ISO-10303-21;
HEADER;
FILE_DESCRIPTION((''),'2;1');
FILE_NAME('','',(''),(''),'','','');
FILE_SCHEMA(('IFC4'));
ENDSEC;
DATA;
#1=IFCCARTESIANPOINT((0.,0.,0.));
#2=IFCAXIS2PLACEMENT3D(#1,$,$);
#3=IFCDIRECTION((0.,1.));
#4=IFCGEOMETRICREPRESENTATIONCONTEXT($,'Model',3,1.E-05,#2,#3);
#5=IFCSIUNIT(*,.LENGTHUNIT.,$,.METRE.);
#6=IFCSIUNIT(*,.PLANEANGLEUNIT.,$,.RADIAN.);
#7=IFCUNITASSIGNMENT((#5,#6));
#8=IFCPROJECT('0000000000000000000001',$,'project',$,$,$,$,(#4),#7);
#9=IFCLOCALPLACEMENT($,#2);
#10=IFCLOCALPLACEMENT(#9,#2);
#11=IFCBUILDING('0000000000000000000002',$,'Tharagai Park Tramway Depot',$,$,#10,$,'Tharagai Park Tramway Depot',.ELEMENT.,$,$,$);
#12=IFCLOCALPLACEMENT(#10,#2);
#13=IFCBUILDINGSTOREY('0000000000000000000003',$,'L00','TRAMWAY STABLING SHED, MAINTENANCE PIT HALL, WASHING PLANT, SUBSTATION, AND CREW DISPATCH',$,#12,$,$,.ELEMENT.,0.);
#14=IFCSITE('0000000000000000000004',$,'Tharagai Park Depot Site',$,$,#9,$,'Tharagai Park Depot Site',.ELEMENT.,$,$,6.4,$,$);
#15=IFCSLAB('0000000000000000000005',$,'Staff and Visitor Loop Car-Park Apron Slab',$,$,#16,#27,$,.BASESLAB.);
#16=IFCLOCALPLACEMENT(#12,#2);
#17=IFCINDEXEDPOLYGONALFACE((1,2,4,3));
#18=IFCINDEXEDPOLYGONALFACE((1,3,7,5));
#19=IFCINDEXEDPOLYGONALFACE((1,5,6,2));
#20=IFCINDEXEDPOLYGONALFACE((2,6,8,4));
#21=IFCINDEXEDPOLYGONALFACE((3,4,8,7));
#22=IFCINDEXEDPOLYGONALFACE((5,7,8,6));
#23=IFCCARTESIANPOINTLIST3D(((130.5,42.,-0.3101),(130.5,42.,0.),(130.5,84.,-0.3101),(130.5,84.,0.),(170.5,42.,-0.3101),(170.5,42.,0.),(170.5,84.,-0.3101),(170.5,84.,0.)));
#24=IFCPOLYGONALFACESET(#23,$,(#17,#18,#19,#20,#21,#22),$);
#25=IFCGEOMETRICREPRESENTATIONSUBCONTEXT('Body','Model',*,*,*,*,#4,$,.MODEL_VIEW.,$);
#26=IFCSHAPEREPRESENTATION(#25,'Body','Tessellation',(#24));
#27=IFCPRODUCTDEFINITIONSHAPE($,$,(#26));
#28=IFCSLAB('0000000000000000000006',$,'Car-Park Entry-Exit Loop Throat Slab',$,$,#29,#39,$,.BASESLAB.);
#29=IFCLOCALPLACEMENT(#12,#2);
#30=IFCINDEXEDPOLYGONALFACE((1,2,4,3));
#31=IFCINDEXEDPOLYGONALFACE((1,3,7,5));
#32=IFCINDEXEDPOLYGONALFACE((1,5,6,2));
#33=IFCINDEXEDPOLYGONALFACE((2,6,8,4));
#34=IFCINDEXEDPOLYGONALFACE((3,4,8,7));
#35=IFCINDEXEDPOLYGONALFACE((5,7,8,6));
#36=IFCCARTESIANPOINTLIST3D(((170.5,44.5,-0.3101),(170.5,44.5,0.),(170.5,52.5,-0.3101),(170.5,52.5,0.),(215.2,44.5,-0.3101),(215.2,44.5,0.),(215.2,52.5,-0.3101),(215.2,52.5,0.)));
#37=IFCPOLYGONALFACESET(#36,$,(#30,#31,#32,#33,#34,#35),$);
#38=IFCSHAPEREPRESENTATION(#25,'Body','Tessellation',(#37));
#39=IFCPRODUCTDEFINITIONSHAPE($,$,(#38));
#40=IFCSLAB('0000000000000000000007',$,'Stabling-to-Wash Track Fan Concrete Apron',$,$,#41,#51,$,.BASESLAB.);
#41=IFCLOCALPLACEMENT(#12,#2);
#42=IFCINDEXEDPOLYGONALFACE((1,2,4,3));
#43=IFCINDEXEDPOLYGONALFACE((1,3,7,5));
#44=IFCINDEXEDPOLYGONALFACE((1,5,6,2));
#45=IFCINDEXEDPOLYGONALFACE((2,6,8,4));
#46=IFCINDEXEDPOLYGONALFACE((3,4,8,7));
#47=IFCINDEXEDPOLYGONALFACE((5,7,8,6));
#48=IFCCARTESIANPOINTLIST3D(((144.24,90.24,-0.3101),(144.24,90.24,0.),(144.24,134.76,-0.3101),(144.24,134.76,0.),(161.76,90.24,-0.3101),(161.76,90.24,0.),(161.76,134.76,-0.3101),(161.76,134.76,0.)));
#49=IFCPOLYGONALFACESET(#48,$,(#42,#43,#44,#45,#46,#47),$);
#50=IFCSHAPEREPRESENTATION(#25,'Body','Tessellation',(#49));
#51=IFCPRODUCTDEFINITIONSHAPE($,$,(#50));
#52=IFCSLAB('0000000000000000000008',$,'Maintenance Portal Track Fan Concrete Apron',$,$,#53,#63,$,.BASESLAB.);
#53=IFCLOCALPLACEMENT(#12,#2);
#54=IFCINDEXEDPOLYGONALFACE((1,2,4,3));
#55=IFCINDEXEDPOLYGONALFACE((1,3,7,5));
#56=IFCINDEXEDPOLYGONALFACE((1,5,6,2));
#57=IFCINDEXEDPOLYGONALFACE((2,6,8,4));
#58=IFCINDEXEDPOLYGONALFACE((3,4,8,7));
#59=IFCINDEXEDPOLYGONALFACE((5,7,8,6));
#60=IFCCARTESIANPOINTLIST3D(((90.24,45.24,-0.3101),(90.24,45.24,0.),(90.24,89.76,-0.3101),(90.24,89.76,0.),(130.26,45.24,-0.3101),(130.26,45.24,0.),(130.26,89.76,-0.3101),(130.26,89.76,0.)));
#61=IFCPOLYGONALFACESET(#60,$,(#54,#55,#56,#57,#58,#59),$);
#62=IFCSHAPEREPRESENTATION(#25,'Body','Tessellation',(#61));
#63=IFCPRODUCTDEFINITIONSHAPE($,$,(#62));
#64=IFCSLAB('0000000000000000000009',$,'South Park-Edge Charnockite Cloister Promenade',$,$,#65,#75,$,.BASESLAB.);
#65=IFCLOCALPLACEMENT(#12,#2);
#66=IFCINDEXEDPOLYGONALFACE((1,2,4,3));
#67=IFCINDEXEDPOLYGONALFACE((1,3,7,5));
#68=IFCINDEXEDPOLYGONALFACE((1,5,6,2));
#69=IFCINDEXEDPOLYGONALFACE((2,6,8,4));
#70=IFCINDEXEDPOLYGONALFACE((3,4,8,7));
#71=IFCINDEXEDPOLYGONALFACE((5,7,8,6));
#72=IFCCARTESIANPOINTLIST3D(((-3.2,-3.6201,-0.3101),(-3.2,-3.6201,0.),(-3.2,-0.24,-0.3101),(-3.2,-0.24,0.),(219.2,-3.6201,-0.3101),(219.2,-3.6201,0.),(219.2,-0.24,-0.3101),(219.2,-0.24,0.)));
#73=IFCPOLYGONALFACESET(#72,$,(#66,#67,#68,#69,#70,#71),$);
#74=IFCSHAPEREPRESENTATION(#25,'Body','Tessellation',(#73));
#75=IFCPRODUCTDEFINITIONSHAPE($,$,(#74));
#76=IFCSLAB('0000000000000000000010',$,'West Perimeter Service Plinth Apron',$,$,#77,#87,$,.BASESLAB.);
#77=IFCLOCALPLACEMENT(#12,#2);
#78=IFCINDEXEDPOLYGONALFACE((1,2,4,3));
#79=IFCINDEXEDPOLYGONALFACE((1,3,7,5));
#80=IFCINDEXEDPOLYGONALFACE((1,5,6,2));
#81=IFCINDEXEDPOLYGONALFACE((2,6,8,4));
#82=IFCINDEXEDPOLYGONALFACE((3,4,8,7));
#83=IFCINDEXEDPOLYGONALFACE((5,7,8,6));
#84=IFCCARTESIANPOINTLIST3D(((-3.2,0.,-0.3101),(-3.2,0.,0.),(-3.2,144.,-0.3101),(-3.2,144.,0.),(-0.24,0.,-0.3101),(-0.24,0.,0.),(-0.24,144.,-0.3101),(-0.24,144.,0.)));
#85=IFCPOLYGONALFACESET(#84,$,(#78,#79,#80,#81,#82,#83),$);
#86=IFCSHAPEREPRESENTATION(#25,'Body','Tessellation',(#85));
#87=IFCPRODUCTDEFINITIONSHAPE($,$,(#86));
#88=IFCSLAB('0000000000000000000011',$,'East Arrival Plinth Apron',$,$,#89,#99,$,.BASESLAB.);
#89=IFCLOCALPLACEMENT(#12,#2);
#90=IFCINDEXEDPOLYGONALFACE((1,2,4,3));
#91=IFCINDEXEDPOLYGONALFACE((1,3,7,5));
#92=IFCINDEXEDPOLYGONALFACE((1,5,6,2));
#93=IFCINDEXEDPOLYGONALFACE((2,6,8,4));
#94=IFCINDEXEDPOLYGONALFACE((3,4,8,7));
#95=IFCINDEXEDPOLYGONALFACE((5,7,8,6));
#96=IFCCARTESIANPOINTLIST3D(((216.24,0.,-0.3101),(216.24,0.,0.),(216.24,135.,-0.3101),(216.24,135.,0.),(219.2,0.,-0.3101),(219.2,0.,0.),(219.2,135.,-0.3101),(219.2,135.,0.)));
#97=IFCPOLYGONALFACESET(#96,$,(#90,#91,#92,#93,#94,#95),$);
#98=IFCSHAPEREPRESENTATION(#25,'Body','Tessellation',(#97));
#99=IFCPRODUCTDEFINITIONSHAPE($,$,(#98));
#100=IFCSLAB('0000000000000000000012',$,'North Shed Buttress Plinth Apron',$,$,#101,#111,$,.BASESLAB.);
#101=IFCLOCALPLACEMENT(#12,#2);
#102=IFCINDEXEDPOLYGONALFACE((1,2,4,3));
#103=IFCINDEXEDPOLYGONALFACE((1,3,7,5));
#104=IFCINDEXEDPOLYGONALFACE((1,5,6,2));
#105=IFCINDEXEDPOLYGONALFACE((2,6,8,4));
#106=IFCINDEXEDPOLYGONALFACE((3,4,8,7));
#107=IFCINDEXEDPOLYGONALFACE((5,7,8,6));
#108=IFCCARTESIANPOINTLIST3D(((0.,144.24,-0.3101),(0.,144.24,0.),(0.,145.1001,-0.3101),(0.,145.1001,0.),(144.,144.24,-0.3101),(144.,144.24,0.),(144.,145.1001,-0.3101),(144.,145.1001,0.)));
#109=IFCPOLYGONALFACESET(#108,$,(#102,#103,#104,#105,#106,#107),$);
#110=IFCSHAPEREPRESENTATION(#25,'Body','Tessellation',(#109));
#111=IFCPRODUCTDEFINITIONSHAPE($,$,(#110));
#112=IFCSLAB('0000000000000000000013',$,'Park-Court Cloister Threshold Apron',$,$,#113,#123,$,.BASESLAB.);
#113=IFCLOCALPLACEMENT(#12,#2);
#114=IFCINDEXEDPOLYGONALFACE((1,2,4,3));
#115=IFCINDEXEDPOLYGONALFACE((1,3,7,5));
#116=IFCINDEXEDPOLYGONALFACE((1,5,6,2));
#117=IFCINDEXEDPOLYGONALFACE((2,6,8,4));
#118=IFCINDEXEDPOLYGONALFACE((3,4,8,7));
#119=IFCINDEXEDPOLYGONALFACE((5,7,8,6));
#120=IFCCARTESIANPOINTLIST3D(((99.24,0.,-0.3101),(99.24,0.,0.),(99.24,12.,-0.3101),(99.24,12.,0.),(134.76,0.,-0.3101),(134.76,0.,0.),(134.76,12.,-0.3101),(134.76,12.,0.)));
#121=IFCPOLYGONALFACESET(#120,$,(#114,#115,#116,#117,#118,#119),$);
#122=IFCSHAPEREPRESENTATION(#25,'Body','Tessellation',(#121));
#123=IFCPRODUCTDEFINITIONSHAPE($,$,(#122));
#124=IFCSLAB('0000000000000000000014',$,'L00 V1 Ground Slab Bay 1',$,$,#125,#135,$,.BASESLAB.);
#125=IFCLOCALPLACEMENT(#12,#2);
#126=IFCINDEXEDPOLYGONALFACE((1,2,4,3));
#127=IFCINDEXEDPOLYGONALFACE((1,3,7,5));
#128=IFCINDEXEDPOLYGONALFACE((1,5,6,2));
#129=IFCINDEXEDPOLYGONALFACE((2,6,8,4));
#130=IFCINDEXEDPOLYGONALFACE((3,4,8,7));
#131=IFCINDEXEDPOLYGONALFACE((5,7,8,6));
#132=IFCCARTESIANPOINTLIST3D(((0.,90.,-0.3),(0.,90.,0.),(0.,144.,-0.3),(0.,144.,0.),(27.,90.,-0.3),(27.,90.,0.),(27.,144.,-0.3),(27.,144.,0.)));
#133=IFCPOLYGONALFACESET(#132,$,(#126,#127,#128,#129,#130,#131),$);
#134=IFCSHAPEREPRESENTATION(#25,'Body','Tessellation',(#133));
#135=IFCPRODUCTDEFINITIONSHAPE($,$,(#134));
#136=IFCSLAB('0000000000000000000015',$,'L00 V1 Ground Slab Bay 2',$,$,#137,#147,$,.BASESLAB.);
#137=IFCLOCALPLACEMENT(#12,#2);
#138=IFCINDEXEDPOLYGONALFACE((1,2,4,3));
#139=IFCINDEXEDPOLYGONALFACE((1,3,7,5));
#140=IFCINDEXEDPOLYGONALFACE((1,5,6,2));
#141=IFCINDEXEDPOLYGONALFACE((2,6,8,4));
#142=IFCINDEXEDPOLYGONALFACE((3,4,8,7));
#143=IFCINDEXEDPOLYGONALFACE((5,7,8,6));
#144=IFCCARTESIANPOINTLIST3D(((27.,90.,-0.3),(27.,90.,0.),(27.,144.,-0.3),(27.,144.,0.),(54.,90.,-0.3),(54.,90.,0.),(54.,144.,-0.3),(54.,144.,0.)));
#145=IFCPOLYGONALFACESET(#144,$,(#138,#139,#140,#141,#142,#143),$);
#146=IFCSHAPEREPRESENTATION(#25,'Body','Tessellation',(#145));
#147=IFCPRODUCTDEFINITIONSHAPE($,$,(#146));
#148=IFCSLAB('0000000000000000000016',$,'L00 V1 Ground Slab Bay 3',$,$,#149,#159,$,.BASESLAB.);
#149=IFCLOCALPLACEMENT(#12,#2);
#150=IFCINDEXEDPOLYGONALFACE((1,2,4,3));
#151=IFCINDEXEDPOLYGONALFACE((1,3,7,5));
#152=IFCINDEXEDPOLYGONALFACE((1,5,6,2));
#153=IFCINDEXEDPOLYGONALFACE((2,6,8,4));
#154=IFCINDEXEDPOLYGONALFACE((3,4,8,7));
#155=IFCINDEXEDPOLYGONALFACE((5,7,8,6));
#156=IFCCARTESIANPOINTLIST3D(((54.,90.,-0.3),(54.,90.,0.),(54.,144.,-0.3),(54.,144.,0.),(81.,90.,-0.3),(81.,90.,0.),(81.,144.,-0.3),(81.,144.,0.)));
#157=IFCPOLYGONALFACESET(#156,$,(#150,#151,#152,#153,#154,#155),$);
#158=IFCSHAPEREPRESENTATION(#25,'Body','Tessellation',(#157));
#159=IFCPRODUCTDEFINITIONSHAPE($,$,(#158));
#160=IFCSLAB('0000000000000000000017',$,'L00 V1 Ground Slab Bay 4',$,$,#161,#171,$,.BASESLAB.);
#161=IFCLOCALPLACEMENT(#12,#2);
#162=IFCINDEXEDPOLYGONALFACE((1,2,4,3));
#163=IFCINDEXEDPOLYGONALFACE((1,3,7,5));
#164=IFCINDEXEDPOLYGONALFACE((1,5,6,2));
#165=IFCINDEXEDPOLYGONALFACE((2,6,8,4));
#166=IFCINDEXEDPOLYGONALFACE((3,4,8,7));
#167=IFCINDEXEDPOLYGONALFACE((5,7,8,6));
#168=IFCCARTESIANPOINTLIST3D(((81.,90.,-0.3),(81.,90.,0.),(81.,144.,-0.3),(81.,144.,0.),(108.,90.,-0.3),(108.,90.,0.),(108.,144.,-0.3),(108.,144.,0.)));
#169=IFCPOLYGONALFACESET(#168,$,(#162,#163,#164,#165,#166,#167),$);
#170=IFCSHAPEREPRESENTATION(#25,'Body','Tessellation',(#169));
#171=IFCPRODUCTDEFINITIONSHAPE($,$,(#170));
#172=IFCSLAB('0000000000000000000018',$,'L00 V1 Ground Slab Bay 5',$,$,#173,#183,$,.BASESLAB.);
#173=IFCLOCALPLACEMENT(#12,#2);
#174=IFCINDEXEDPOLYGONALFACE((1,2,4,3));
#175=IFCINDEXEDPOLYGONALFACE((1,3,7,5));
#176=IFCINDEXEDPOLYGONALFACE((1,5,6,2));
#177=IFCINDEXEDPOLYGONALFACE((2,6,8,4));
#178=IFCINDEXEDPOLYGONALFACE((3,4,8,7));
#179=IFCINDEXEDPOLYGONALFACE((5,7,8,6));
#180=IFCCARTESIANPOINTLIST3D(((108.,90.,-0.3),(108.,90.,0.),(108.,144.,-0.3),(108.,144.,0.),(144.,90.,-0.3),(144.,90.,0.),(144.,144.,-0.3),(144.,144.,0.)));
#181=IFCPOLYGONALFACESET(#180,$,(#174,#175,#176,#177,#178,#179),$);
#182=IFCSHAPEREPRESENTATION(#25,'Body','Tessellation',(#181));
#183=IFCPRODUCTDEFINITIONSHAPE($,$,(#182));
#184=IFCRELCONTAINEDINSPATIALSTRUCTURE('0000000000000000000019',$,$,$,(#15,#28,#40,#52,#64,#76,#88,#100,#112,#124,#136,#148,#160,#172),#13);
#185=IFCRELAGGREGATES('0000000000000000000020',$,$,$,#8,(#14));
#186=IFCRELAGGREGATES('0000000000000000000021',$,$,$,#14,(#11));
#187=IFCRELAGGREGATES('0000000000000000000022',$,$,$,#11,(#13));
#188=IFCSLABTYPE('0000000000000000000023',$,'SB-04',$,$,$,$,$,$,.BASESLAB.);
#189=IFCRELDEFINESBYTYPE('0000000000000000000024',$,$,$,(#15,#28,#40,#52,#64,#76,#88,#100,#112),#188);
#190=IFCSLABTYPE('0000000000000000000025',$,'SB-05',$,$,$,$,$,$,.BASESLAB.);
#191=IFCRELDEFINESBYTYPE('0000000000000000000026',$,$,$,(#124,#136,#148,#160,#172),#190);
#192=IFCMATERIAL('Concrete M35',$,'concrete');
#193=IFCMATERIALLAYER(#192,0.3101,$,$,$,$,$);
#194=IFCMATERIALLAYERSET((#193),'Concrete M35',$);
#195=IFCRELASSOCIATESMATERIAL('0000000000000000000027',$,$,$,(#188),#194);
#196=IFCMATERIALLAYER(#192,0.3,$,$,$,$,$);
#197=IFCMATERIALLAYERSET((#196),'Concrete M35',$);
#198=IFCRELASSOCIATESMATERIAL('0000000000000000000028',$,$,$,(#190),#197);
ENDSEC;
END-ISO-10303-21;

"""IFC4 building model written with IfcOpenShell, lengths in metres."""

from ifc_helpers import new_model, si_unit, direction, frame, origin, place, context, subcontext, project, spatial, polyline, outline, extrude, material, layer, layer_set, type_object, element, save


model = new_model("IFC4")

# Units and contexts
model_context = context("Model", 3, precision=1e-05, world=origin(), true_north=direction((0.0, 1.0)))
body_context = subcontext(model_context, "Body", "Model", "MODEL_VIEW")
ifc_project = project(units=[si_unit("LENGTHUNIT", "METRE"), si_unit("PLANEANGLEUNIT", "RADIAN")], contexts=[model_context])

# Site, building, storey
site_placement = place(None, origin())
site = spatial("IfcSite", under=ifc_project, at=site_placement, Name="Tharagai Park Depot Site", LongName="Tharagai Park Depot Site", CompositionType="ELEMENT", RefElevation=6.4)
building_placement = place(site_placement, origin())
building = spatial("IfcBuilding", under=site, at=building_placement, Name="Tharagai Park Tramway Depot", LongName="Tharagai Park Tramway Depot", CompositionType="ELEMENT")
storey_placement = place(building_placement, origin())
storey = spatial("IfcBuildingStorey", under=building, at=storey_placement, Name="L00", Description="TRAMWAY STABLING SHED, MAINTENANCE PIT HALL, WASHING PLANT, SUBSTATION, AND CREW DISPATCH", CompositionType="ELEMENT", Elevation=0.0)

# Slabs
ifc_material_1 = material(Name="Concrete M35", Category="concrete")
ifc_layer_1 = layer(ifc_material_1, 0.3101)
ifc_layer_set_1 = layer_set([ifc_layer_1], Name="Concrete M35")
slab_type_1 = type_object("IfcSlabType", Name="SB-04", PredefinedType="BASESLAB", material=ifc_layer_set_1)
slab_1_placement = place(storey_placement, frame((0.0, 0.0, -0.3101)))
element("IfcSlab", 1, at=slab_1_placement, inside=storey, type_object=slab_type_1, Name="Staff and Visitor Loop Car-Park Apron Slab", PredefinedType="BASESLAB", context=body_context, shape_type="SweptSolid", body=[
    extrude(outline(polyline([(130.5, 42.0), (170.5, 42.0), (170.5, 84.0), (130.5, 84.0), (130.5, 42.0)])), origin(), (0.0, 0.0, 1.0), 0.3101),
])
slab_2_placement = place(storey_placement, frame((0.0, 0.0, -0.3101)))
element("IfcSlab", 2, at=slab_2_placement, inside=storey, type_object=slab_type_1, Name="Car-Park Entry-Exit Loop Throat Slab", PredefinedType="BASESLAB", context=body_context, shape_type="SweptSolid", body=[
    extrude(outline(polyline([(170.5, 44.5), (215.2, 44.5), (215.2, 52.5), (170.5, 52.5), (170.5, 44.5)])), origin(), (0.0, 0.0, 1.0), 0.3101),
])
slab_3_placement = place(storey_placement, frame((0.0, 0.0, -0.3101)))
element("IfcSlab", 3, at=slab_3_placement, inside=storey, type_object=slab_type_1, Name="Stabling-to-Wash Track Fan Concrete Apron", PredefinedType="BASESLAB", context=body_context, shape_type="SweptSolid", body=[
    extrude(outline(polyline([(144.24, 90.24), (161.76, 90.24), (161.76, 134.76), (144.24, 134.76), (144.24, 90.24)])), origin(), (0.0, 0.0, 1.0), 0.3101),
])
slab_4_placement = place(storey_placement, frame((0.0, 0.0, -0.3101)))
element("IfcSlab", 4, at=slab_4_placement, inside=storey, type_object=slab_type_1, Name="Maintenance Portal Track Fan Concrete Apron", PredefinedType="BASESLAB", context=body_context, shape_type="SweptSolid", body=[
    extrude(outline(polyline([(90.24, 45.24), (130.26, 45.24), (130.26, 89.76), (90.24, 89.76), (90.24, 45.24)])), origin(), (0.0, 0.0, 1.0), 0.3101),
])
slab_5_placement = place(storey_placement, frame((0.0, 0.0, -0.3101)))
element("IfcSlab", 5, at=slab_5_placement, inside=storey, type_object=slab_type_1, Name="South Park-Edge Charnockite Cloister Promenade", PredefinedType="BASESLAB", context=body_context, shape_type="SweptSolid", body=[
    extrude(outline(polyline([(-3.2, -3.6201), (219.2, -3.6201), (219.2, -0.24), (-3.2, -0.24), (-3.2, -3.6201)])), origin(), (0.0, 0.0, 1.0), 0.3101),
])
slab_6_placement = place(storey_placement, frame((0.0, 0.0, -0.3101)))
element("IfcSlab", 6, at=slab_6_placement, inside=storey, type_object=slab_type_1, Name="West Perimeter Service Plinth Apron", PredefinedType="BASESLAB", context=body_context, shape_type="SweptSolid", body=[
    extrude(outline(polyline([(-3.2, 0.0), (-0.24, 0.0), (-0.24, 144.0), (-3.2, 144.0), (-3.2, 0.0)])), origin(), (0.0, 0.0, 1.0), 0.3101),
])
slab_7_placement = place(storey_placement, frame((0.0, 0.0, -0.3101)))
element("IfcSlab", 7, at=slab_7_placement, inside=storey, type_object=slab_type_1, Name="East Arrival Plinth Apron", PredefinedType="BASESLAB", context=body_context, shape_type="SweptSolid", body=[
    extrude(outline(polyline([(216.24, 0.0), (219.2, 0.0), (219.2, 135.0), (216.24, 135.0), (216.24, 0.0)])), origin(), (0.0, 0.0, 1.0), 0.3101),
])
slab_8_placement = place(storey_placement, frame((0.0, 0.0, -0.3101)))
element("IfcSlab", 8, at=slab_8_placement, inside=storey, type_object=slab_type_1, Name="North Shed Buttress Plinth Apron", PredefinedType="BASESLAB", context=body_context, shape_type="SweptSolid", body=[
    extrude(outline(polyline([(0.0, 144.24), (144.0, 144.24), (144.0, 145.1001), (0.0, 145.1001), (0.0, 144.24)])), origin(), (0.0, 0.0, 1.0), 0.3101),
])
slab_9_placement = place(storey_placement, frame((0.0, 0.0, -0.3101)))
element("IfcSlab", 9, at=slab_9_placement, inside=storey, type_object=slab_type_1, Name="Park-Court Cloister Threshold Apron", PredefinedType="BASESLAB", context=body_context, shape_type="SweptSolid", body=[
    extrude(outline(polyline([(99.24, 0.0), (134.76, 0.0), (134.76, 12.0), (99.24, 12.0), (99.24, 0.0)])), origin(), (0.0, 0.0, 1.0), 0.3101),
])
ifc_layer_2 = layer(ifc_material_1, 0.3)
ifc_layer_set_2 = layer_set([ifc_layer_2], Name="Concrete M35")
slab_type_2 = type_object("IfcSlabType", Name="SB-05", PredefinedType="BASESLAB", material=ifc_layer_set_2)
slab_10_placement = place(storey_placement, frame((0.0, 0.0, -0.3)))
element("IfcSlab", 10, at=slab_10_placement, inside=storey, type_object=slab_type_2, Name="L00 V1 Ground Slab Bay 1", PredefinedType="BASESLAB", context=body_context, shape_type="SweptSolid", body=[
    extrude(outline(polyline([(0.0, 90.0), (27.0, 90.0), (27.0, 144.0), (0.0, 144.0), (0.0, 90.0)])), origin(), (0.0, 0.0, 1.0), 0.3),
])
slab_11_placement = place(storey_placement, frame((0.0, 0.0, -0.3)))
element("IfcSlab", 11, at=slab_11_placement, inside=storey, type_object=slab_type_2, Name="L00 V1 Ground Slab Bay 2", PredefinedType="BASESLAB", context=body_context, shape_type="SweptSolid", body=[
    extrude(outline(polyline([(27.0, 90.0), (54.0, 90.0), (54.0, 144.0), (27.0, 144.0), (27.0, 90.0)])), origin(), (0.0, 0.0, 1.0), 0.3),
])
slab_12_placement = place(storey_placement, frame((0.0, 0.0, -0.3)))
element("IfcSlab", 12, at=slab_12_placement, inside=storey, type_object=slab_type_2, Name="L00 V1 Ground Slab Bay 3", PredefinedType="BASESLAB", context=body_context, shape_type="SweptSolid", body=[
    extrude(outline(polyline([(54.0, 90.0), (81.0, 90.0), (81.0, 144.0), (54.0, 144.0), (54.0, 90.0)])), origin(), (0.0, 0.0, 1.0), 0.3),
])
slab_13_placement = place(storey_placement, frame((0.0, 0.0, -0.3)))
element("IfcSlab", 13, at=slab_13_placement, inside=storey, type_object=slab_type_2, Name="L00 V1 Ground Slab Bay 4", PredefinedType="BASESLAB", context=body_context, shape_type="SweptSolid", body=[
    extrude(outline(polyline([(81.0, 90.0), (108.0, 90.0), (108.0, 144.0), (81.0, 144.0), (81.0, 90.0)])), origin(), (0.0, 0.0, 1.0), 0.3),
])
slab_14_placement = place(storey_placement, frame((0.0, 0.0, -0.3)))
element("IfcSlab", 14, at=slab_14_placement, inside=storey, type_object=slab_type_2, Name="L00 V1 Ground Slab Bay 5", PredefinedType="BASESLAB", context=body_context, shape_type="SweptSolid", body=[
    extrude(outline(polyline([(108.0, 90.0), (144.0, 90.0), (144.0, 144.0), (108.0, 144.0), (108.0, 90.0)])), origin(), (0.0, 0.0, 1.0), 0.3),
])

save(model, "model.ifc")
